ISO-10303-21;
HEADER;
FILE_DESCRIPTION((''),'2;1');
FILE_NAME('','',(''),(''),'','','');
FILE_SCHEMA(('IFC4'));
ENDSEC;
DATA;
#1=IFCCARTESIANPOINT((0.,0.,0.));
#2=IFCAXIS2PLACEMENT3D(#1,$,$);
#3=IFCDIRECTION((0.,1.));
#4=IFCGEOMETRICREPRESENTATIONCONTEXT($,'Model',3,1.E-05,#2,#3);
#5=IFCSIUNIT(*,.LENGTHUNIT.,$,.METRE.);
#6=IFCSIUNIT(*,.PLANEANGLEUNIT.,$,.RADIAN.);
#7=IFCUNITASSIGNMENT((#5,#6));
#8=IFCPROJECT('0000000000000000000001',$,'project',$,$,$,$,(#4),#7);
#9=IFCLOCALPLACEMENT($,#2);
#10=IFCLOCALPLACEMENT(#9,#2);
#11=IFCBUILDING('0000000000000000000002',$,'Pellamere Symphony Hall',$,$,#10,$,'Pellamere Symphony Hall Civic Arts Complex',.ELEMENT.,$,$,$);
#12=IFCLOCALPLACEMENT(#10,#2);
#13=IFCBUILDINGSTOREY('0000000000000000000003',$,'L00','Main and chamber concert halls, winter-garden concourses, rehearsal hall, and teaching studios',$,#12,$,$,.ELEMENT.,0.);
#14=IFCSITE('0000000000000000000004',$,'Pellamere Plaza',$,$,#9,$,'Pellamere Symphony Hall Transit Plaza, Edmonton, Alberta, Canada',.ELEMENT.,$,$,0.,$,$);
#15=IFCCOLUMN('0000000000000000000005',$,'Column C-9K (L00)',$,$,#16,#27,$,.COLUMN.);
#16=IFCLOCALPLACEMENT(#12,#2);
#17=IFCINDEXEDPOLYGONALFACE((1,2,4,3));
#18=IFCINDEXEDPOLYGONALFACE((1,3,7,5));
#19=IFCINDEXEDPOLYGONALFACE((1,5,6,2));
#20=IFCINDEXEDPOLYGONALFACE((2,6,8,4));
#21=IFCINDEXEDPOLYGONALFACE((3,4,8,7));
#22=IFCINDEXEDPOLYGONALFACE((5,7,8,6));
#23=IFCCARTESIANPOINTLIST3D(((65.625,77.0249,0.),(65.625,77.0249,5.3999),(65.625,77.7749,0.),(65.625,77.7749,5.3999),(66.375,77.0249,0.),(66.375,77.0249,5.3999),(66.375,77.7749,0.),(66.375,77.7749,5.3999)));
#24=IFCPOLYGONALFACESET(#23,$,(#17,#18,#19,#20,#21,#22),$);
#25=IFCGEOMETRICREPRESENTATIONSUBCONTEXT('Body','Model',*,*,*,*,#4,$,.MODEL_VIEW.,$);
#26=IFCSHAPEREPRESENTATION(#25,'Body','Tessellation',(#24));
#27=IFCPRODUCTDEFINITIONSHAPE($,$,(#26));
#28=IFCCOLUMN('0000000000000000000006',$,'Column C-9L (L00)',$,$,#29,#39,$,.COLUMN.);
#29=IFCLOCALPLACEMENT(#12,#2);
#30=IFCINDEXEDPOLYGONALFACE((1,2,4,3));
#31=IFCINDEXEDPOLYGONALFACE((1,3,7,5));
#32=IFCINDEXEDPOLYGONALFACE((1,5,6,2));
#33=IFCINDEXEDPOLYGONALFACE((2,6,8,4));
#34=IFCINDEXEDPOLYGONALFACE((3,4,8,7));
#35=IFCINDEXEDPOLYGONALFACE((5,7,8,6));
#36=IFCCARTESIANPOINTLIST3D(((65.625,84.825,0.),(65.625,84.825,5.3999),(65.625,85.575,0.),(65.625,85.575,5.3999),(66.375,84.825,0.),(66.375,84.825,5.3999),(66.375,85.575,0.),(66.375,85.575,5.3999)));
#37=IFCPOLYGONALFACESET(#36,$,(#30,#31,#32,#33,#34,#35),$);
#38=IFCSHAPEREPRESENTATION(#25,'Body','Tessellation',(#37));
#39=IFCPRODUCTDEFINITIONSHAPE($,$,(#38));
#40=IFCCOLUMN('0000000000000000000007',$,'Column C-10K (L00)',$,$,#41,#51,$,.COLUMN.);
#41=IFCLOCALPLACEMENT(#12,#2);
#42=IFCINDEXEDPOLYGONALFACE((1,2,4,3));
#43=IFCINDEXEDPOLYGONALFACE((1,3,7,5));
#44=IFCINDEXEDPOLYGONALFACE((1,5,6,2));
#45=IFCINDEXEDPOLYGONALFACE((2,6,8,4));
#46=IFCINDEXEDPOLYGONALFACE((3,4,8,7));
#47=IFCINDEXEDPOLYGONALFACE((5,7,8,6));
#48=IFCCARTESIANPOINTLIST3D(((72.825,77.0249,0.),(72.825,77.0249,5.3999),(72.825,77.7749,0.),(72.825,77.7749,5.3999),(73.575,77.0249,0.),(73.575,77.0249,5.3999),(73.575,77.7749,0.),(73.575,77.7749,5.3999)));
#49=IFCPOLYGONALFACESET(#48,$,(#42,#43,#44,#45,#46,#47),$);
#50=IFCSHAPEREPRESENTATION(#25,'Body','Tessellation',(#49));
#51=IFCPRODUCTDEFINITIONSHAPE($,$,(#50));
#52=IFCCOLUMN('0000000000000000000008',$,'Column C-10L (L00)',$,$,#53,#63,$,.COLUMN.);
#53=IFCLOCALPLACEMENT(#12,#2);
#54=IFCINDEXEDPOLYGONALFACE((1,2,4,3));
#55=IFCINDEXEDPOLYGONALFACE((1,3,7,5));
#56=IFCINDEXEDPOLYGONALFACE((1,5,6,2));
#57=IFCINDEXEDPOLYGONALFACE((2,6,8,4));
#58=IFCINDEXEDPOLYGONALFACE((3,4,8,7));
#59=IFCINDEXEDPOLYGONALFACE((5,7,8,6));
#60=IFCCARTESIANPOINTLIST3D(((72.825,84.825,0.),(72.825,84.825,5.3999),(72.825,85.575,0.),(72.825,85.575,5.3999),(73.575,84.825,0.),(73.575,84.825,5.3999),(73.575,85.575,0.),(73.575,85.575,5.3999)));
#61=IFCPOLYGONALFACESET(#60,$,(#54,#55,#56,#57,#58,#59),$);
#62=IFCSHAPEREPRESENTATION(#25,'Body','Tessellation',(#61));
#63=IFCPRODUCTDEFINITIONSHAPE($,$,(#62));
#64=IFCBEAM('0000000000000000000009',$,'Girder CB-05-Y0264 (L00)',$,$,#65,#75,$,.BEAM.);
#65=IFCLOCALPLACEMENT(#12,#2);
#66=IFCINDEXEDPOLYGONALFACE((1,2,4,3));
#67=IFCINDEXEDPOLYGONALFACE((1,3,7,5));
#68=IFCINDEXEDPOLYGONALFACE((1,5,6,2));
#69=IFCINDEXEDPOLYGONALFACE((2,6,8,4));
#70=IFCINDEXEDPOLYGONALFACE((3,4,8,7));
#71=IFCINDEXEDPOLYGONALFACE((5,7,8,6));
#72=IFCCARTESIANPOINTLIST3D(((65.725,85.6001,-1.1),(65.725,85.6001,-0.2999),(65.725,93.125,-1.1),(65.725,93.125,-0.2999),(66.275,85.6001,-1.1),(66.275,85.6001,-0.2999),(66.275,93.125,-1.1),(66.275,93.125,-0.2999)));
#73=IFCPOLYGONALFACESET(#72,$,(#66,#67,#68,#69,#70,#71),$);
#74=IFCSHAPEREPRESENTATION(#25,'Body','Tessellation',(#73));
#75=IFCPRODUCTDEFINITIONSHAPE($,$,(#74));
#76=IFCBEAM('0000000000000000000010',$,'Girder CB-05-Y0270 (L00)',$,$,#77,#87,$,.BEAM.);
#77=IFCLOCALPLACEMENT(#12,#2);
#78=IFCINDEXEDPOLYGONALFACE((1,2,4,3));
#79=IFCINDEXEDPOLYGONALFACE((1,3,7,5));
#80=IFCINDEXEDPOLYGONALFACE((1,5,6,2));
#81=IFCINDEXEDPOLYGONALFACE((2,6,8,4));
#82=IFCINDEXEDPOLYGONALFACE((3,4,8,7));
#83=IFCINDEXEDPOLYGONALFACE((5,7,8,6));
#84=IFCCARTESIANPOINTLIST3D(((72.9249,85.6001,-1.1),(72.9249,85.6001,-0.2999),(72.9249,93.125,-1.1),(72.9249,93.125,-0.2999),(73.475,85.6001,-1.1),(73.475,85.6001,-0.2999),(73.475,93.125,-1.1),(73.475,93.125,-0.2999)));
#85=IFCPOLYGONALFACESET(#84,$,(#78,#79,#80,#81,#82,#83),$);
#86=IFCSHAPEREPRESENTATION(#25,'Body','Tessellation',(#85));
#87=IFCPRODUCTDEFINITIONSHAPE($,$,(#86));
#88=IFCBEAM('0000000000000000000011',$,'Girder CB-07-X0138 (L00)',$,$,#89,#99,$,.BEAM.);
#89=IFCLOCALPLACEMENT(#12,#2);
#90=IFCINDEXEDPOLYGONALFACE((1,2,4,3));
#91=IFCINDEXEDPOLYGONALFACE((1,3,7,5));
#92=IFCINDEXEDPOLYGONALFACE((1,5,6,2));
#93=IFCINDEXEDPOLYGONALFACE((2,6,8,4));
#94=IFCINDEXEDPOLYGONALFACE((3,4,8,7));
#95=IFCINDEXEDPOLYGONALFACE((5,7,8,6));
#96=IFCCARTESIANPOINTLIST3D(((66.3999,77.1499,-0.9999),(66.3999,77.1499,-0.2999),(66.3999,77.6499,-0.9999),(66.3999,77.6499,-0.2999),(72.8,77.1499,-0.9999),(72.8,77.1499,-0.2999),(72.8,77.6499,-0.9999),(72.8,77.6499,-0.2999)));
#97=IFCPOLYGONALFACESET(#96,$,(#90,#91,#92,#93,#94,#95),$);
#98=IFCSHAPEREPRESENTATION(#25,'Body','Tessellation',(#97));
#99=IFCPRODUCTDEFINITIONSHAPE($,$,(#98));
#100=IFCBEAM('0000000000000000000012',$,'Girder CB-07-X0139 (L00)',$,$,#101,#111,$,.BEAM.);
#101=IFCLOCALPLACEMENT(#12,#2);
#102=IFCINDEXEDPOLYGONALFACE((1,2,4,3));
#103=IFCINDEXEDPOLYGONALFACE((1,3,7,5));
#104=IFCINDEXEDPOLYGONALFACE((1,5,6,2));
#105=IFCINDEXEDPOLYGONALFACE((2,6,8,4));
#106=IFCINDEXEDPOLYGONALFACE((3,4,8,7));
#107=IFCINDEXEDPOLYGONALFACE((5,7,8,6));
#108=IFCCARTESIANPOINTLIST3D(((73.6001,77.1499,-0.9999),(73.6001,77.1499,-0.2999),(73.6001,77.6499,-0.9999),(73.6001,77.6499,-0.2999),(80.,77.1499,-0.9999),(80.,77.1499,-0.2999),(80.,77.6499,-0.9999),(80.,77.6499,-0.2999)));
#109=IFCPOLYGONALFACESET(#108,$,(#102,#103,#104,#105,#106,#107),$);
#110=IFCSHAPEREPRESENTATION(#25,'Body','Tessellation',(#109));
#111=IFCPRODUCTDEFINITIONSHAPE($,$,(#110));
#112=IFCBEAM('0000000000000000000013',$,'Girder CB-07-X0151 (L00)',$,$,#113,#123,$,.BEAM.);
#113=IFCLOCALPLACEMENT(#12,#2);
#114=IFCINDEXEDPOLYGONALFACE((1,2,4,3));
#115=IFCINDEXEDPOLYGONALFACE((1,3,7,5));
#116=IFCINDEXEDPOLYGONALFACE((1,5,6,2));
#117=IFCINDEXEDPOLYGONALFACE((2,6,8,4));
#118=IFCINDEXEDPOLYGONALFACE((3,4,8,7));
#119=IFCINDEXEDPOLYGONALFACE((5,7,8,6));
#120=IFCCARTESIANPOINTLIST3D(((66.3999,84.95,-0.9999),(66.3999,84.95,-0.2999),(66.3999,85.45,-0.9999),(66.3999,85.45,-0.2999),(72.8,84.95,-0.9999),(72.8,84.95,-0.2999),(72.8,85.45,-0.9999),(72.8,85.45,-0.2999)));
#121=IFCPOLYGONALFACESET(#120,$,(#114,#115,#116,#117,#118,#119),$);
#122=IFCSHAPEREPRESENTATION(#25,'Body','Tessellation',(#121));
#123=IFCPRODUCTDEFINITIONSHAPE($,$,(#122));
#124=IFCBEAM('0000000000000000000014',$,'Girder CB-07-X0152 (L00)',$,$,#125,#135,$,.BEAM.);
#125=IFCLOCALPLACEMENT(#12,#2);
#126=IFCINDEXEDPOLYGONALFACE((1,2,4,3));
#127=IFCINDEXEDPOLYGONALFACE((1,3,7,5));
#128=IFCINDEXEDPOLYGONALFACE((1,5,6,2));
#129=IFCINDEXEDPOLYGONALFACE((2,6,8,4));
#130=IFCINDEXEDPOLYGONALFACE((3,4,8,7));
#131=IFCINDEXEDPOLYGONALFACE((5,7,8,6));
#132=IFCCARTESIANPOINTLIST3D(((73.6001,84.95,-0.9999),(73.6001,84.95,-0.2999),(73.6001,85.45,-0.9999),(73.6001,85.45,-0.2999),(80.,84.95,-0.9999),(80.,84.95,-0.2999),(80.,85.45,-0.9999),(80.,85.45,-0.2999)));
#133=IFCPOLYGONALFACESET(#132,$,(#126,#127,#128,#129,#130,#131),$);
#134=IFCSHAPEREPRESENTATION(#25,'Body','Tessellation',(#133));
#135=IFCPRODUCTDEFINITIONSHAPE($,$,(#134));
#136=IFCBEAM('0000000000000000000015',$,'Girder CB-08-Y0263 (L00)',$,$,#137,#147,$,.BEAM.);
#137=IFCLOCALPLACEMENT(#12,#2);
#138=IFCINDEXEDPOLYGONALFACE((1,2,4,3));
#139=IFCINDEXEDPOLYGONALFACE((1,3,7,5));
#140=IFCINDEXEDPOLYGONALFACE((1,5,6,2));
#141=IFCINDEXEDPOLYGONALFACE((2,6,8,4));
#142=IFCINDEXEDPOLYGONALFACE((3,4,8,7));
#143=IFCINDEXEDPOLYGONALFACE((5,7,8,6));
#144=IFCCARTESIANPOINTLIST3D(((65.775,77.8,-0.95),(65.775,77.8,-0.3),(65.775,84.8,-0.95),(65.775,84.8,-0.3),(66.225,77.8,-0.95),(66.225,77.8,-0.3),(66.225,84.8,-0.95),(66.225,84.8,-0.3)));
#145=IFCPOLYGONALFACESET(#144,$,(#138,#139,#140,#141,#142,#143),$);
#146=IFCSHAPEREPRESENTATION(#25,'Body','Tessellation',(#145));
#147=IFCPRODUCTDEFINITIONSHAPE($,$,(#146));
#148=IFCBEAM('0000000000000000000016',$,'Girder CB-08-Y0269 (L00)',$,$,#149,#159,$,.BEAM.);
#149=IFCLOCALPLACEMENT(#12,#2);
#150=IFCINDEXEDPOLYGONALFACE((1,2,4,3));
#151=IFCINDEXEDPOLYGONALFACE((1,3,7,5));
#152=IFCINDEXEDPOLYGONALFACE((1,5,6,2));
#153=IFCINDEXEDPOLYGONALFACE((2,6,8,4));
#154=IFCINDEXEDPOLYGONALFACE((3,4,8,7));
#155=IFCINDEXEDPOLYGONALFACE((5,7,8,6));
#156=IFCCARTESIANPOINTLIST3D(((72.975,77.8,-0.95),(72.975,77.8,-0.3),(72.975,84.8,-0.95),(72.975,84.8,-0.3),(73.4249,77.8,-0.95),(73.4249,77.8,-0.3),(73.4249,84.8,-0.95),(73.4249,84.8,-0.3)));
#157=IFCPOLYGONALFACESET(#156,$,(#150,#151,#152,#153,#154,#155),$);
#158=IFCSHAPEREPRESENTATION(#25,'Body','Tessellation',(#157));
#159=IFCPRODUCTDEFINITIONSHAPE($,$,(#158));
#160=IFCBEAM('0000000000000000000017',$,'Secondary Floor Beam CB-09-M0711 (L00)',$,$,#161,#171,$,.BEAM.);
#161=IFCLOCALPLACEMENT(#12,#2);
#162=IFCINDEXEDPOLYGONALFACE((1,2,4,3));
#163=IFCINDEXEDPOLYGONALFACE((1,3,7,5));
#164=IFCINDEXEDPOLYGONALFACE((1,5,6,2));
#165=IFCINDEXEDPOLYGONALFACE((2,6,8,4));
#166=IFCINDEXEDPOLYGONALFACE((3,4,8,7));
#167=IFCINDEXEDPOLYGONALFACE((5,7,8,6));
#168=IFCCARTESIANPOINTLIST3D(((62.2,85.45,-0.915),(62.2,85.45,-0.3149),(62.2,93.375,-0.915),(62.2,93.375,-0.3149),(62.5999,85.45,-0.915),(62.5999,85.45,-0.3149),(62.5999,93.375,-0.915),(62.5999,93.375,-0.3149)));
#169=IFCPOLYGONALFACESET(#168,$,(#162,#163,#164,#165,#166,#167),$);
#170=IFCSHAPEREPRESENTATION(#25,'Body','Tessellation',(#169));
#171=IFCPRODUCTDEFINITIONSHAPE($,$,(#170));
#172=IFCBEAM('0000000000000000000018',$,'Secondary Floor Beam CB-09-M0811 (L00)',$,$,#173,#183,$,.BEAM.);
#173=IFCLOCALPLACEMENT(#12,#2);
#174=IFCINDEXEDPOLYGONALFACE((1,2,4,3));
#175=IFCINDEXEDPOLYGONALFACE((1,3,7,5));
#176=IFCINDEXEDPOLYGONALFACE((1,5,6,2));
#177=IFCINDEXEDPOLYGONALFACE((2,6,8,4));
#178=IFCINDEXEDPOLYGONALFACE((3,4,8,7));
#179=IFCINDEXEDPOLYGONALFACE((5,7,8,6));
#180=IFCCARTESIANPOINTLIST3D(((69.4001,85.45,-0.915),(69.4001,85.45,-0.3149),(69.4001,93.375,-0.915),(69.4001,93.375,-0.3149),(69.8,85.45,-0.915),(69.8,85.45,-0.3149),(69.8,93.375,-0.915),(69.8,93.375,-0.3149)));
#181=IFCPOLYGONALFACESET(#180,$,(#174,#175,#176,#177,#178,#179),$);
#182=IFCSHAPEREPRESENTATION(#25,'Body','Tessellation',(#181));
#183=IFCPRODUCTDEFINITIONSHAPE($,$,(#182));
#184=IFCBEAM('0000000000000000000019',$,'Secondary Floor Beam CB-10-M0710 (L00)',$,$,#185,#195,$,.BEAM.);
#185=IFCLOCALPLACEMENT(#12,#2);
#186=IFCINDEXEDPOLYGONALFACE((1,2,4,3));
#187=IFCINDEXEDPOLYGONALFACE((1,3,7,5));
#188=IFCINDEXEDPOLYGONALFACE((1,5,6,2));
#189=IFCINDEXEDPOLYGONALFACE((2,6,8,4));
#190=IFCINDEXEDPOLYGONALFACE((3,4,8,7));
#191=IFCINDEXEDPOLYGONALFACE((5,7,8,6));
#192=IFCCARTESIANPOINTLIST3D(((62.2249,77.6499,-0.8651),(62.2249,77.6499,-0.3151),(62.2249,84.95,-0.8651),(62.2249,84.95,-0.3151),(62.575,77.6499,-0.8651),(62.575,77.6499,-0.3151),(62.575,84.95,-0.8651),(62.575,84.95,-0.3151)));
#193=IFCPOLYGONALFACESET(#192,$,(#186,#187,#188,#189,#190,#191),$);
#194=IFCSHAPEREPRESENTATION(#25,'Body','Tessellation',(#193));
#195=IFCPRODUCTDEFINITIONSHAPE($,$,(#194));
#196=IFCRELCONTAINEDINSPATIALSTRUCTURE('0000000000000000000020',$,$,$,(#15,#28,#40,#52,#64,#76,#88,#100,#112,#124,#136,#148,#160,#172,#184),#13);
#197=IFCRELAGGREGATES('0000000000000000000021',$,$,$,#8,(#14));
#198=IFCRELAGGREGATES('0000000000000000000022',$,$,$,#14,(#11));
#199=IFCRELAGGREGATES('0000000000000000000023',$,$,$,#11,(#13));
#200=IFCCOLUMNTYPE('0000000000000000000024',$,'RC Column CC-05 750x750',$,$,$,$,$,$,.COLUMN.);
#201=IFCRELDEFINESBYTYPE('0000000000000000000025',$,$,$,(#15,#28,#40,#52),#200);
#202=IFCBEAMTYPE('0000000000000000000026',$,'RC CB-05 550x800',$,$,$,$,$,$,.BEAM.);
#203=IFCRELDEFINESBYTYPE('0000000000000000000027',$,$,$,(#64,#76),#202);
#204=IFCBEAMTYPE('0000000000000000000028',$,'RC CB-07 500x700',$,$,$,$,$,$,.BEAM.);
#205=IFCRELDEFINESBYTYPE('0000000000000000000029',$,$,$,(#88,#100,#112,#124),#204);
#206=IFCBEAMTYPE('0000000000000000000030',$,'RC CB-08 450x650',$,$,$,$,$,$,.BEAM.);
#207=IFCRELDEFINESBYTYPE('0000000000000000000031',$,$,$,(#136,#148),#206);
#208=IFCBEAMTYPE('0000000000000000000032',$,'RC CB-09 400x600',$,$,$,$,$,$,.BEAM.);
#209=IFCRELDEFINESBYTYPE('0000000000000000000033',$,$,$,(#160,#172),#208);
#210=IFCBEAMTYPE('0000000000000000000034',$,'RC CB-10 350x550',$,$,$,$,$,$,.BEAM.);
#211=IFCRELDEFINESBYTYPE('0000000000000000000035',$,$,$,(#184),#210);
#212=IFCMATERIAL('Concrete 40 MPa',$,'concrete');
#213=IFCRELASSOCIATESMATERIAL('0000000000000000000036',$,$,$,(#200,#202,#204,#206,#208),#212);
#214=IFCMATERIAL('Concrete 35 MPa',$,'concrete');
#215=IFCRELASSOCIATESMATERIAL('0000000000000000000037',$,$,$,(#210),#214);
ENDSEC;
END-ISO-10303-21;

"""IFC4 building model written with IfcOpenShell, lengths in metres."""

from ifc_helpers import new_model, si_unit, direction, frame, origin, origin_2d, place, context, subcontext, project, spatial, rectangle, extrude, material, material_profile, profile_set, type_object, element, save


model = new_model("IFC4")

# Units and contexts
model_context = context("Model", 3, precision=1e-05, world=origin(), true_north=direction((0.0, 1.0)))
body_context = subcontext(model_context, "Body", "Model", "MODEL_VIEW")
ifc_project = project(units=[si_unit("LENGTHUNIT", "METRE"), si_unit("PLANEANGLEUNIT", "RADIAN")], contexts=[model_context])

# Site, building, storey
site_placement = place(None, origin())
site = spatial("IfcSite", under=ifc_project, at=site_placement, Name="Pellamere Plaza", LongName="Pellamere Symphony Hall Transit Plaza, Edmonton, Alberta, Canada", CompositionType="ELEMENT", RefElevation=0.0)
building_placement = place(site_placement, origin())
building = spatial("IfcBuilding", under=site, at=building_placement, Name="Pellamere Symphony Hall", LongName="Pellamere Symphony Hall Civic Arts Complex", CompositionType="ELEMENT")
storey_placement = place(building_placement, origin())
storey = spatial("IfcBuildingStorey", under=building, at=storey_placement, Name="L00", Description="Main and chamber concert halls, winter-garden concourses, rehearsal hall, and teaching studios", CompositionType="ELEMENT", Elevation=0.0)

# Columns
ifc_material_1 = material(Name="Concrete 40 MPa", Category="concrete")
ifc_material_profile_1 = material_profile(ifc_material_1, rectangle(XDim=0.75, YDim=0.75, at=origin_2d()), Name="RC 750x750")
ifc_profile_set_1 = profile_set([ifc_material_profile_1], Name="Concrete 40 MPa")
column_type = type_object("IfcColumnType", Name="RC Column CC-05 750x750", PredefinedType="COLUMN", material=ifc_profile_set_1)
for number, where, z_axis, x_axis, name in (
    (1, (66.0, 77.3999, 0.0), (0.0, 0.0, 1.0), (1.0, 0.0, 0.0), "Column C-9K (L00)"),
    (2, (66.0, 85.2, 0.0), (0.0, 0.0, 1.0), (1.0, 0.0, 0.0), "Column C-9L (L00)"),
    (3, (73.2, 77.3999, 0.0), (0.0, 0.0, 1.0), (1.0, 0.0, 0.0), "Column C-10K (L00)"),
    (4, (73.2, 85.2, 0.0), (0.0, 0.0, 1.0), (1.0, 0.0, 0.0), "Column C-10L (L00)"),
):
    element("IfcColumn", number, at=place(storey_placement, frame(where, z_axis=z_axis, x_axis=x_axis)), inside=storey, type_object=column_type, Name=name, PredefinedType="COLUMN", context=body_context, shape_type="SweptSolid", body=[
        extrude(rectangle(XDim=0.75, YDim=0.75, at=origin_2d()), origin(), (0.0, 0.0, 1.0), 5.3999),
    ])

# Beams
ifc_material_profile_2 = material_profile(ifc_material_1, rectangle(XDim=0.55, YDim=0.8, at=origin_2d()), Name="RC 550x800")
ifc_profile_set_2 = profile_set([ifc_material_profile_2], Name="Concrete 40 MPa")
beam_type_1 = type_object("IfcBeamType", Name="RC CB-05 550x800", PredefinedType="BEAM", material=ifc_profile_set_2)
for number, where, z_axis, x_axis, name in (
    (5, (66.0, 85.6001, -0.7), (0.0, 1.0, 0.0), (-1.0, 0.0, 0.0), "Girder CB-05-Y0264 (L00)"),
    (6, (73.2, 85.6001, -0.7), (0.0, 1.0, 0.0), (-1.0, 0.0, 0.0), "Girder CB-05-Y0270 (L00)"),
):
    element("IfcBeam", number, at=place(storey_placement, frame(where, z_axis=z_axis, x_axis=x_axis)), inside=storey, type_object=beam_type_1, Name=name, PredefinedType="BEAM", context=body_context, shape_type="SweptSolid", body=[
        extrude(rectangle(XDim=0.55, YDim=0.8, at=origin_2d()), origin(), (0.0, 0.0, 1.0), 7.5249),
    ])
ifc_material_profile_3 = material_profile(ifc_material_1, rectangle(XDim=0.5, YDim=0.7, at=origin_2d()), Name="RC 500x700")
ifc_profile_set_3 = profile_set([ifc_material_profile_3], Name="Concrete 40 MPa")
beam_type_2 = type_object("IfcBeamType", Name="RC CB-07 500x700", PredefinedType="BEAM", material=ifc_profile_set_3)
beam_1_placement = place(storey_placement, frame((66.3999, 77.3999, -0.6499), z_axis=(1.0, 0.0, 0.0), x_axis=(0.0, 1.0, 0.0)))
element("IfcBeam", 7, at=beam_1_placement, inside=storey, type_object=beam_type_2, Name="Girder CB-07-X0138 (L00)", PredefinedType="BEAM", context=body_context, shape_type="SweptSolid", body=[
    extrude(rectangle(XDim=0.5, YDim=0.7, at=origin_2d()), origin(), (0.0, 0.0, 1.0), 6.4001),
])
beam_2_placement = place(storey_placement, frame((73.6001, 77.3999, -0.6499), z_axis=(1.0, 0.0, 0.0), x_axis=(0.0, 1.0, 0.0)))
element("IfcBeam", 8, at=beam_2_placement, inside=storey, type_object=beam_type_2, Name="Girder CB-07-X0139 (L00)", PredefinedType="BEAM", context=body_context, shape_type="SweptSolid", body=[
    extrude(rectangle(XDim=0.5, YDim=0.7, at=origin_2d()), origin(), (0.0, 0.0, 1.0), 6.3999),
])
beam_3_placement = place(storey_placement, frame((66.3999, 85.2, -0.6499), z_axis=(1.0, 0.0, 0.0), x_axis=(0.0, 1.0, 0.0)))
element("IfcBeam", 9, at=beam_3_placement, inside=storey, type_object=beam_type_2, Name="Girder CB-07-X0151 (L00)", PredefinedType="BEAM", context=body_context, shape_type="SweptSolid", body=[
    extrude(rectangle(XDim=0.5, YDim=0.7, at=origin_2d()), origin(), (0.0, 0.0, 1.0), 6.4001),
])
beam_4_placement = place(storey_placement, frame((73.6001, 85.2, -0.6499), z_axis=(1.0, 0.0, 0.0), x_axis=(0.0, 1.0, 0.0)))
element("IfcBeam", 10, at=beam_4_placement, inside=storey, type_object=beam_type_2, Name="Girder CB-07-X0152 (L00)", PredefinedType="BEAM", context=body_context, shape_type="SweptSolid", body=[
    extrude(rectangle(XDim=0.5, YDim=0.7, at=origin_2d()), origin(), (0.0, 0.0, 1.0), 6.3999),
])
ifc_material_profile_4 = material_profile(ifc_material_1, rectangle(XDim=0.45, YDim=0.6499, at=origin_2d()), Name="RC 450x650")
ifc_profile_set_4 = profile_set([ifc_material_profile_4], Name="Concrete 40 MPa")
beam_type_3 = type_object("IfcBeamType", Name="RC CB-08 450x650", PredefinedType="BEAM", material=ifc_profile_set_4)
for number, where, z_axis, x_axis, name in (
    (11, (66.0, 77.8, -0.625), (0.0, 1.0, 0.0), (-1.0, 0.0, 0.0), "Girder CB-08-Y0263 (L00)"),
    (12, (73.2, 77.8, -0.625), (0.0, 1.0, 0.0), (-1.0, 0.0, 0.0), "Girder CB-08-Y0269 (L00)"),
):
    element("IfcBeam", number, at=place(storey_placement, frame(where, z_axis=z_axis, x_axis=x_axis)), inside=storey, type_object=beam_type_3, Name=name, PredefinedType="BEAM", context=body_context, shape_type="SweptSolid", body=[
        extrude(rectangle(XDim=0.45, YDim=0.6499, at=origin_2d()), origin(), (0.0, 0.0, 1.0), 7.0),
    ])
ifc_material_profile_5 = material_profile(ifc_material_1, rectangle(XDim=0.3999, YDim=0.6001, at=origin_2d()), Name="RC 400x600")
ifc_profile_set_5 = profile_set([ifc_material_profile_5], Name="Concrete 40 MPa")
beam_type_4 = type_object("IfcBeamType", Name="RC CB-09 400x600", PredefinedType="BEAM", material=ifc_profile_set_5)
for number, where, z_axis, x_axis, name in (
    (13, (62.3999, 85.45, -0.615), (0.0, 1.0, 0.0), (-1.0, 0.0, 0.0), "Secondary Floor Beam CB-09-M0711 (L00)"),
    (14, (69.6001, 85.45, -0.615), (0.0, 1.0, 0.0), (-1.0, 0.0, 0.0), "Secondary Floor Beam CB-09-M0811 (L00)"),
):
    element("IfcBeam", number, at=place(storey_placement, frame(where, z_axis=z_axis, x_axis=x_axis)), inside=storey, type_object=beam_type_4, Name=name, PredefinedType="BEAM", context=body_context, shape_type="SweptSolid", body=[
        extrude(rectangle(XDim=0.3999, YDim=0.6001, at=origin_2d()), origin(), (0.0, 0.0, 1.0), 7.925),
    ])
ifc_material_2 = material(Name="Concrete 35 MPa", Category="concrete")
ifc_material_profile_6 = material_profile(ifc_material_2, rectangle(XDim=0.3501, YDim=0.55, at=origin_2d()), Name="RC 350x550")
ifc_profile_set_6 = profile_set([ifc_material_profile_6], Name="Concrete 35 MPa")
beam_type_5 = type_object("IfcBeamType", Name="RC CB-10 350x550", PredefinedType="BEAM", material=ifc_profile_set_6)
for number, where, z_axis, x_axis, name in (
    (15, (62.3999, 77.6499, -0.5901), (0.0, 1.0, 0.0), (-1.0, 0.0, 0.0), "Secondary Floor Beam CB-10-M0710 (L00)"),
):
    element("IfcBeam", number, at=place(storey_placement, frame(where, z_axis=z_axis, x_axis=x_axis)), inside=storey, type_object=beam_type_5, Name=name, PredefinedType="BEAM", context=body_context, shape_type="SweptSolid", body=[
        extrude(rectangle(XDim=0.3501, YDim=0.55, at=origin_2d()), origin(), (0.0, 0.0, 1.0), 7.3),
    ])

save(model, "model.ifc")
